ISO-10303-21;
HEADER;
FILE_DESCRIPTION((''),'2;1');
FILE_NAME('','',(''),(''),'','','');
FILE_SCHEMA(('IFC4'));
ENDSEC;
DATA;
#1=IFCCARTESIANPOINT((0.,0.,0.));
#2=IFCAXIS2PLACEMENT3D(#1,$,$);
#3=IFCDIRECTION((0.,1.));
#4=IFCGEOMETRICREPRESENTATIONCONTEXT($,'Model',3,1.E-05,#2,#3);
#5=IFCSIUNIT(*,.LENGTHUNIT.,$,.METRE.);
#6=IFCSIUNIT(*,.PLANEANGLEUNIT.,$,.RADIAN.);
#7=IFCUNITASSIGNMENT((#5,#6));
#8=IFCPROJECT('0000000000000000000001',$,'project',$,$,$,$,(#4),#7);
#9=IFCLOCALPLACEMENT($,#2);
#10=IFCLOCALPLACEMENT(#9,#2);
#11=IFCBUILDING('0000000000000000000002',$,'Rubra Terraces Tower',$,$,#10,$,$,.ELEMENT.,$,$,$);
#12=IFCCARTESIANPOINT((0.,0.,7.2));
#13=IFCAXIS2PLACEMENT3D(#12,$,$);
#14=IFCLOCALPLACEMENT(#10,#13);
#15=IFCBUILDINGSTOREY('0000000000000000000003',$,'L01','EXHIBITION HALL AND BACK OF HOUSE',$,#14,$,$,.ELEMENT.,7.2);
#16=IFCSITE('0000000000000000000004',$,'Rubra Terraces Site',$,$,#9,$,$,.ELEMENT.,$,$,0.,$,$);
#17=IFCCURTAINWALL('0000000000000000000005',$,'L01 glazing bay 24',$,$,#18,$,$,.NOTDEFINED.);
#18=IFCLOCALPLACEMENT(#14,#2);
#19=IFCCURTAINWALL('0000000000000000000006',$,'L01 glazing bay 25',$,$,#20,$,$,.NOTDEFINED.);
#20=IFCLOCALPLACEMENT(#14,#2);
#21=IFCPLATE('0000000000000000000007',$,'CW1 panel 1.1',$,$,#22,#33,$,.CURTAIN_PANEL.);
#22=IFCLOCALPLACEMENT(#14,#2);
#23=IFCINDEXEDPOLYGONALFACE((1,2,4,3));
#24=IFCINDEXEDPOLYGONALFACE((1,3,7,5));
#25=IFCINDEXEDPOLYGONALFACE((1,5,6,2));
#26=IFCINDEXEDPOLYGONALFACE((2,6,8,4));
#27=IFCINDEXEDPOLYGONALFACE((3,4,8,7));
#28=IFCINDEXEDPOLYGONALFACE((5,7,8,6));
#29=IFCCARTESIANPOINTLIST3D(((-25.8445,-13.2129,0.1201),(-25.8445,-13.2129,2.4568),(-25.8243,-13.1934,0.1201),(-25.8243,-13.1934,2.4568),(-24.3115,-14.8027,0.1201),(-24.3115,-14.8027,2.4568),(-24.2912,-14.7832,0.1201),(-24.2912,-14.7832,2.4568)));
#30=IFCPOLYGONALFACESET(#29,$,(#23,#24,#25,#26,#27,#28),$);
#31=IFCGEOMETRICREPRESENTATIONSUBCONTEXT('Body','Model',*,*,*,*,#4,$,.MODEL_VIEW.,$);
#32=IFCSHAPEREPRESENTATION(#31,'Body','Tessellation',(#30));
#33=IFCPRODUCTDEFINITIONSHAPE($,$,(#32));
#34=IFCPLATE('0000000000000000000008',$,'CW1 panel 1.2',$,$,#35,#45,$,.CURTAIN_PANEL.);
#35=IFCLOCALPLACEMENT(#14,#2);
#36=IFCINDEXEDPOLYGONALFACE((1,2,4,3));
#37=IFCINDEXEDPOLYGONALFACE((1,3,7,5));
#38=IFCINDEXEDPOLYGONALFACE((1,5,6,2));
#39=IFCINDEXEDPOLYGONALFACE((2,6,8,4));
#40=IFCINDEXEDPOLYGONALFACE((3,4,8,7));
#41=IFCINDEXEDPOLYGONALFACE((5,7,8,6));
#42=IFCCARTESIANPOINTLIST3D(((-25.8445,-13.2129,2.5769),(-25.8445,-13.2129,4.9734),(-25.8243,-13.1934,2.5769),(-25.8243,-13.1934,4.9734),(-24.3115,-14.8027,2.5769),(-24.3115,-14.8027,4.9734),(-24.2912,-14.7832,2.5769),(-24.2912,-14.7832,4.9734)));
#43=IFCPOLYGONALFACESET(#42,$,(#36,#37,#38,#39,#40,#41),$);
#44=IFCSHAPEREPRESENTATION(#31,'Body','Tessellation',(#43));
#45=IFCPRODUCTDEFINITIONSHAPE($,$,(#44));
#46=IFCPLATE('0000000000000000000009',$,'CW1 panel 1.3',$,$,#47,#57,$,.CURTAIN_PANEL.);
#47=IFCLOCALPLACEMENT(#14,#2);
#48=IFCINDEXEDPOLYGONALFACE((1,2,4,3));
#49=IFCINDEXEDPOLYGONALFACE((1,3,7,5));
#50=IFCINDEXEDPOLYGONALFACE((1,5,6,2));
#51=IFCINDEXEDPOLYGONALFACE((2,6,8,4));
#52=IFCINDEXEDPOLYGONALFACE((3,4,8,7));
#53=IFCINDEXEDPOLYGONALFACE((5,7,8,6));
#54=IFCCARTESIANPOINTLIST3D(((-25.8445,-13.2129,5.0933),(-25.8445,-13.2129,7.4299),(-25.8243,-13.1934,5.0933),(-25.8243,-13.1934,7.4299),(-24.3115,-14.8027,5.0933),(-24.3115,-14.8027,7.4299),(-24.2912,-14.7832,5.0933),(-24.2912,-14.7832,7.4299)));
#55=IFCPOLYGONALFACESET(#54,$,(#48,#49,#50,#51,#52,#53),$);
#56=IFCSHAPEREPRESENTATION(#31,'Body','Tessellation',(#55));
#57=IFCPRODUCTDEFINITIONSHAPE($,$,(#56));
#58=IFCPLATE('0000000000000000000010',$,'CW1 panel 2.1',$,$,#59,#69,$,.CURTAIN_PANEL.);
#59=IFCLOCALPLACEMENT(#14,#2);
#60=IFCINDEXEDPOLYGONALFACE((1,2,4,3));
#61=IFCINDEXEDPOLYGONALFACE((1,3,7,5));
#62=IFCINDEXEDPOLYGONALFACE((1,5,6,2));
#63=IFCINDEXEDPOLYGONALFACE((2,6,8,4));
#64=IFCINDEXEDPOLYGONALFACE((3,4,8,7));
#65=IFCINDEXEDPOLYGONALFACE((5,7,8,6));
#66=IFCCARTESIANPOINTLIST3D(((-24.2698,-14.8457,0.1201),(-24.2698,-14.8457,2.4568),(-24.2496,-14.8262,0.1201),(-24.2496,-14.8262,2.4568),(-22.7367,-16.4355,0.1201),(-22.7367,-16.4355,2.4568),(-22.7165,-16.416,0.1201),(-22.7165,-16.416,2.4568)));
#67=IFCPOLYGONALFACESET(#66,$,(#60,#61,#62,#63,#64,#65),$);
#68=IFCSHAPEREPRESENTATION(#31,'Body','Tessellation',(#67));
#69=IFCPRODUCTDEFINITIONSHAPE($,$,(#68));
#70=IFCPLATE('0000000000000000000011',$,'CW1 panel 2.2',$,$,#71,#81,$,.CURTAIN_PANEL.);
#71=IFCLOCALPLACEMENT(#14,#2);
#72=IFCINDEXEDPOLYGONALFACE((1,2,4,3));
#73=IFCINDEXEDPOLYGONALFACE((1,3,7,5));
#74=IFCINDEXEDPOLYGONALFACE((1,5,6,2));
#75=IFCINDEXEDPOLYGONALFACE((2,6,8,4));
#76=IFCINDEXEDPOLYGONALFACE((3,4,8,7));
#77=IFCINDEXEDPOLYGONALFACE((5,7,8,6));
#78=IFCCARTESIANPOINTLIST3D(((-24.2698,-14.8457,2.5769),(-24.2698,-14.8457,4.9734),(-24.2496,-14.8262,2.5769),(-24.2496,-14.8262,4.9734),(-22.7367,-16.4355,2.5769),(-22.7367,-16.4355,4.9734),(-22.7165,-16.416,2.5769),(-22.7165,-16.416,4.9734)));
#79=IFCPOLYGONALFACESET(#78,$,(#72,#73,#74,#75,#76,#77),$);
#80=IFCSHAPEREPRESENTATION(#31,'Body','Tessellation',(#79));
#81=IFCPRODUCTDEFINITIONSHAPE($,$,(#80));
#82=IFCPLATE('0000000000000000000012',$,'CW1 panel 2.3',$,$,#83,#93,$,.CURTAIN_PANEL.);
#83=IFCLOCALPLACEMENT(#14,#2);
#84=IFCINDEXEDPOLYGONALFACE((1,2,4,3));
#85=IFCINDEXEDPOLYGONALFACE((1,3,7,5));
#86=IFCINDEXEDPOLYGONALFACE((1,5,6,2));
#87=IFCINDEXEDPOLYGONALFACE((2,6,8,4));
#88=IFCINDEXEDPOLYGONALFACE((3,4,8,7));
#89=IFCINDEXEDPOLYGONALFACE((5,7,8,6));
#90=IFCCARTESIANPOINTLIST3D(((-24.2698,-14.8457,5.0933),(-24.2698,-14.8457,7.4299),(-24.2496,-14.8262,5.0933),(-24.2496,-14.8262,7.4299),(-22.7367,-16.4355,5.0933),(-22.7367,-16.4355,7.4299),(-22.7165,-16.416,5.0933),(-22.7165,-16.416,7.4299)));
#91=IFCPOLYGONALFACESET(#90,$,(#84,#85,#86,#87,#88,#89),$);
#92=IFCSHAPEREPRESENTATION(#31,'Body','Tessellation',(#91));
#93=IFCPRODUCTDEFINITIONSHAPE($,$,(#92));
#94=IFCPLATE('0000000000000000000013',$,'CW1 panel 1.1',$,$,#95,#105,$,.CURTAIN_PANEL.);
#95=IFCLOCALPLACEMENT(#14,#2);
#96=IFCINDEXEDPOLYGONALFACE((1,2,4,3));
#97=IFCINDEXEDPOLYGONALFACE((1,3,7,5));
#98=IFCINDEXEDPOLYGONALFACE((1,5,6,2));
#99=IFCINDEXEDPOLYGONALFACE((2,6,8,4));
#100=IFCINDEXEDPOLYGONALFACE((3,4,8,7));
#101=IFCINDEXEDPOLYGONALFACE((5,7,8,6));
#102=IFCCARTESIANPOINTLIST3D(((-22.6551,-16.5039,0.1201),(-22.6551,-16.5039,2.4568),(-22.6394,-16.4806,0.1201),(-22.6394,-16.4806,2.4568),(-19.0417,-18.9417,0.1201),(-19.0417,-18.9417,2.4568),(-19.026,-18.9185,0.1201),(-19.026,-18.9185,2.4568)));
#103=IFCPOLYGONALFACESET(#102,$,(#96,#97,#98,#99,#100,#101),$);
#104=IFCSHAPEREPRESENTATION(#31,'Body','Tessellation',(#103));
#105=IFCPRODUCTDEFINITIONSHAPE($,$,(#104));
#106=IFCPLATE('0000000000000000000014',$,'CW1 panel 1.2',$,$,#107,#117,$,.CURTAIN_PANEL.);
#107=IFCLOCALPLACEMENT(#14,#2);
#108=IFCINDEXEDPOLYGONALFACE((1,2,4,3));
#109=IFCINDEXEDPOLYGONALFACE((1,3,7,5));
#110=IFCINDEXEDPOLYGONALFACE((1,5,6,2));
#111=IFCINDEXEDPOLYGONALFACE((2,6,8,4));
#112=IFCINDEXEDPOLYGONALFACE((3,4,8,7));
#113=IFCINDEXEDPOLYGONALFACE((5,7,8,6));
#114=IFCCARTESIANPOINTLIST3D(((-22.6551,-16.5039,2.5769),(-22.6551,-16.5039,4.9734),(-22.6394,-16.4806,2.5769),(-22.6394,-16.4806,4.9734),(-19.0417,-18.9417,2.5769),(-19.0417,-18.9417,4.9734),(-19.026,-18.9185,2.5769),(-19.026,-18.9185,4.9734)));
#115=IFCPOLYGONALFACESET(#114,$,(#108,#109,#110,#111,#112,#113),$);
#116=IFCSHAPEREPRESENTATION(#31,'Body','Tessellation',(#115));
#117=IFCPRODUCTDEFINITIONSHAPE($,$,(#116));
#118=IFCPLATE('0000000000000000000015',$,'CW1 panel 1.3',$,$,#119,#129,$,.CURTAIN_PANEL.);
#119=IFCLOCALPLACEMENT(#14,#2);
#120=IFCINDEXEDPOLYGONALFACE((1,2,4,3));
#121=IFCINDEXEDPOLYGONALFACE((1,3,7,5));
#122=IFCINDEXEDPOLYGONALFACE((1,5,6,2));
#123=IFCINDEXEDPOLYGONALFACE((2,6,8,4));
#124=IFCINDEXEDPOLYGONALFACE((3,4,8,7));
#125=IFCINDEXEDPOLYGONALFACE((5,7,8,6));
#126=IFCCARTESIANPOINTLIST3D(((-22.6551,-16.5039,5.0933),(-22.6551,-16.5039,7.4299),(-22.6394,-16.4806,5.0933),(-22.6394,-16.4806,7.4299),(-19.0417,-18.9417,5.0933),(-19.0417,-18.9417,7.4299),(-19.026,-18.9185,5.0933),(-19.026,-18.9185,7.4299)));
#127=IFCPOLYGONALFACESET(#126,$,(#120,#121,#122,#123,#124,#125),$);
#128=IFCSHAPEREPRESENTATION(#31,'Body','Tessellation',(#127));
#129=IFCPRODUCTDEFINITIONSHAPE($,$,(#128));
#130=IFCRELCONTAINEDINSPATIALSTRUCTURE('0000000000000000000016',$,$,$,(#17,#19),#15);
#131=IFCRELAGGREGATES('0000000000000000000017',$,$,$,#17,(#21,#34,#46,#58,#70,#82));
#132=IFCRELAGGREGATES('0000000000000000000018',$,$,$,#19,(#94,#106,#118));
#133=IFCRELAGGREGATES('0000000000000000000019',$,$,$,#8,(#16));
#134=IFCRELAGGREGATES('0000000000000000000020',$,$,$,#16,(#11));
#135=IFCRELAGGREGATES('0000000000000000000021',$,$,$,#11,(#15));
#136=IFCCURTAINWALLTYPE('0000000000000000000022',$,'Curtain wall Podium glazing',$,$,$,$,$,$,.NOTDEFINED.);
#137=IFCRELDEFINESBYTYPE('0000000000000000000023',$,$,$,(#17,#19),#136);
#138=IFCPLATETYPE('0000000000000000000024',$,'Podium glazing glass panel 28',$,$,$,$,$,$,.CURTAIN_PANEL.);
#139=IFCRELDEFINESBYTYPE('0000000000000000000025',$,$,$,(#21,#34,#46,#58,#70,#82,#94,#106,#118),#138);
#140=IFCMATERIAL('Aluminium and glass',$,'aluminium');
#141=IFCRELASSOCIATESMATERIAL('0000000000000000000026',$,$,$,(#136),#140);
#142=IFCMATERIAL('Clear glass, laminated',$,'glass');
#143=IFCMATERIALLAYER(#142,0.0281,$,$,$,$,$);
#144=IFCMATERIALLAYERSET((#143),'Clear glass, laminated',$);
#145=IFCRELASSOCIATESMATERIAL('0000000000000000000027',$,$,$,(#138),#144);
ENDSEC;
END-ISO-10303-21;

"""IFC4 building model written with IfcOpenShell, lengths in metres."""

from ifc_helpers import new_model, si_unit, direction, frame, origin, origin_2d, place, context, subcontext, project, spatial, rectangle, extrude, material, layer, layer_set, type_object, element, aggregate, save


model = new_model("IFC4")

# Units and contexts
model_context = context("Model", 3, precision=1e-05, world=origin(), true_north=direction((0.0, 1.0)))
body_context = subcontext(model_context, "Body", "Model", "MODEL_VIEW")
ifc_project = project(units=[si_unit("LENGTHUNIT", "METRE"), si_unit("PLANEANGLEUNIT", "RADIAN")], contexts=[model_context])

# Site, building, storey
site_placement = place(None, origin())
site = spatial("IfcSite", under=ifc_project, at=site_placement, Name="Rubra Terraces Site", CompositionType="ELEMENT", RefElevation=0.0)
building_placement = place(site_placement, origin())
building = spatial("IfcBuilding", under=site, at=building_placement, Name="Rubra Terraces Tower", CompositionType="ELEMENT")
storey_placement = place(building_placement, frame((0.0, 0.0, 7.2)))
storey = spatial("IfcBuildingStorey", under=building, at=storey_placement, Name="L01", Description="EXHIBITION HALL AND BACK OF HOUSE", CompositionType="ELEMENT", Elevation=7.2)

# Curtain walls
ifc_material_1 = material(Name="Aluminium and glass", Category="aluminium")
curtain_wall_type = type_object("IfcCurtainWallType", Name="Curtain wall Podium glazing", PredefinedType="NOTDEFINED", material=ifc_material_1)
curtain_wall_1_placement = place(storey_placement, origin())
curtain_wall_1 = element("IfcCurtainWall", 1, at=curtain_wall_1_placement, inside=storey, type_object=curtain_wall_type, Name="L01 glazing bay 24", PredefinedType="NOTDEFINED")
curtain_wall_2_placement = place(storey_placement, origin())
curtain_wall_2 = element("IfcCurtainWall", 2, at=curtain_wall_2_placement, inside=storey, type_object=curtain_wall_type, Name="L01 glazing bay 25", PredefinedType="NOTDEFINED")

# Plates
ifc_material_2 = material(Name="Clear glass, laminated", Category="glass")
ifc_layer = layer(ifc_material_2, 0.0281)
ifc_layer_set = layer_set([ifc_layer], Name="Clear glass, laminated")
plate_type = type_object("IfcPlateType", Name="Podium glazing glass panel 28", PredefinedType="CURTAIN_PANEL", material=ifc_layer_set)
plate_1_placement = place(storey_placement, frame((-25.0679, -13.998, 0.1201), z_axis=(0.0, 0.0, 1.0), x_axis=(0.694156, -0.719825, 0.0)))
plate_1 = element("IfcPlate", 3, at=plate_1_placement, type_object=plate_type, Name="CW1 panel 1.1", PredefinedType="CURTAIN_PANEL", context=body_context, shape_type="SweptSolid", body=[
    extrude(rectangle(XDim=2.2085, YDim=0.0281, at=origin_2d()), origin(), (0.0, 0.0, 1.0), 2.3367),
])
plate_2_placement = place(storey_placement, frame((-25.0679, -13.998, 2.5769), z_axis=(0.0, 0.0, 1.0), x_axis=(0.694156, -0.719825, 0.0)))
plate_2 = element("IfcPlate", 4, at=plate_2_placement, type_object=plate_type, Name="CW1 panel 1.2", PredefinedType="CURTAIN_PANEL", context=body_context, shape_type="SweptSolid", body=[
    extrude(rectangle(XDim=2.2085, YDim=0.0281, at=origin_2d()), origin(), (0.0, 0.0, 1.0), 2.3965),
])
plate_3_placement = place(storey_placement, frame((-25.0679, -13.998, 5.0933), z_axis=(0.0, 0.0, 1.0), x_axis=(0.694156, -0.719825, 0.0)))
plate_3 = element("IfcPlate", 5, at=plate_3_placement, type_object=plate_type, Name="CW1 panel 1.3", PredefinedType="CURTAIN_PANEL", context=body_context, shape_type="SweptSolid", body=[
    extrude(rectangle(XDim=2.2085, YDim=0.0281, at=origin_2d()), origin(), (0.0, 0.0, 1.0), 2.3367),
])
plate_4_placement = place(storey_placement, frame((-23.4932, -15.6309, 0.1201), z_axis=(0.0, 0.0, 1.0), x_axis=(0.694156, -0.719825, 0.0)))
plate_4 = element("IfcPlate", 6, at=plate_4_placement, type_object=plate_type, Name="CW1 panel 2.1", PredefinedType="CURTAIN_PANEL", context=body_context, shape_type="SweptSolid", body=[
    extrude(rectangle(XDim=2.2085, YDim=0.0281, at=origin_2d()), origin(), (0.0, 0.0, 1.0), 2.3367),
])
plate_5_placement = place(storey_placement, frame((-23.4932, -15.6309, 2.5769), z_axis=(0.0, 0.0, 1.0), x_axis=(0.694156, -0.719825, 0.0)))
plate_5 = element("IfcPlate", 7, at=plate_5_placement, type_object=plate_type, Name="CW1 panel 2.2", PredefinedType="CURTAIN_PANEL", context=body_context, shape_type="SweptSolid", body=[
    extrude(rectangle(XDim=2.2085, YDim=0.0281, at=origin_2d()), origin(), (0.0, 0.0, 1.0), 2.3965),
])
plate_6_placement = place(storey_placement, frame((-23.4932, -15.6309, 5.0933), z_axis=(0.0, 0.0, 1.0), x_axis=(0.694156, -0.719825, 0.0)))
plate_6 = element("IfcPlate", 8, at=plate_6_placement, type_object=plate_type, Name="CW1 panel 2.3", PredefinedType="CURTAIN_PANEL", context=body_context, shape_type="SweptSolid", body=[
    extrude(rectangle(XDim=2.2085, YDim=0.0281, at=origin_2d()), origin(), (0.0, 0.0, 1.0), 2.3367),
])
aggregate(curtain_wall_1, [plate_1, plate_2, plate_3, plate_4, plate_5, plate_6])
plate_7_placement = place(storey_placement, frame((-20.8406, -17.7112, 0.1201), z_axis=(0.0, 0.0, 1.0), x_axis=(0.828981, -0.559277, 0.0)))
plate_7 = element("IfcPlate", 9, at=plate_7_placement, type_object=plate_type, Name="CW1 panel 1.1", PredefinedType="CURTAIN_PANEL", context=body_context, shape_type="SweptSolid", body=[
    extrude(rectangle(XDim=4.3589, YDim=0.0281, at=origin_2d()), origin(), (0.0, 0.0, 1.0), 2.3367),
])
plate_8_placement = place(storey_placement, frame((-20.8406, -17.7112, 2.5769), z_axis=(0.0, 0.0, 1.0), x_axis=(0.828981, -0.559277, 0.0)))
plate_8 = element("IfcPlate", 10, at=plate_8_placement, type_object=plate_type, Name="CW1 panel 1.2", PredefinedType="CURTAIN_PANEL", context=body_context, shape_type="SweptSolid", body=[
    extrude(rectangle(XDim=4.3589, YDim=0.0281, at=origin_2d()), origin(), (0.0, 0.0, 1.0), 2.3965),
])
plate_9_placement = place(storey_placement, frame((-20.8406, -17.7112, 5.0933), z_axis=(0.0, 0.0, 1.0), x_axis=(0.828981, -0.559277, 0.0)))
plate_9 = element("IfcPlate", 11, at=plate_9_placement, type_object=plate_type, Name="CW1 panel 1.3", PredefinedType="CURTAIN_PANEL", context=body_context, shape_type="SweptSolid", body=[
    extrude(rectangle(XDim=4.3589, YDim=0.0281, at=origin_2d()), origin(), (0.0, 0.0, 1.0), 2.3367),
])
aggregate(curtain_wall_2, [plate_7, plate_8, plate_9])

save(model, "model.ifc")
